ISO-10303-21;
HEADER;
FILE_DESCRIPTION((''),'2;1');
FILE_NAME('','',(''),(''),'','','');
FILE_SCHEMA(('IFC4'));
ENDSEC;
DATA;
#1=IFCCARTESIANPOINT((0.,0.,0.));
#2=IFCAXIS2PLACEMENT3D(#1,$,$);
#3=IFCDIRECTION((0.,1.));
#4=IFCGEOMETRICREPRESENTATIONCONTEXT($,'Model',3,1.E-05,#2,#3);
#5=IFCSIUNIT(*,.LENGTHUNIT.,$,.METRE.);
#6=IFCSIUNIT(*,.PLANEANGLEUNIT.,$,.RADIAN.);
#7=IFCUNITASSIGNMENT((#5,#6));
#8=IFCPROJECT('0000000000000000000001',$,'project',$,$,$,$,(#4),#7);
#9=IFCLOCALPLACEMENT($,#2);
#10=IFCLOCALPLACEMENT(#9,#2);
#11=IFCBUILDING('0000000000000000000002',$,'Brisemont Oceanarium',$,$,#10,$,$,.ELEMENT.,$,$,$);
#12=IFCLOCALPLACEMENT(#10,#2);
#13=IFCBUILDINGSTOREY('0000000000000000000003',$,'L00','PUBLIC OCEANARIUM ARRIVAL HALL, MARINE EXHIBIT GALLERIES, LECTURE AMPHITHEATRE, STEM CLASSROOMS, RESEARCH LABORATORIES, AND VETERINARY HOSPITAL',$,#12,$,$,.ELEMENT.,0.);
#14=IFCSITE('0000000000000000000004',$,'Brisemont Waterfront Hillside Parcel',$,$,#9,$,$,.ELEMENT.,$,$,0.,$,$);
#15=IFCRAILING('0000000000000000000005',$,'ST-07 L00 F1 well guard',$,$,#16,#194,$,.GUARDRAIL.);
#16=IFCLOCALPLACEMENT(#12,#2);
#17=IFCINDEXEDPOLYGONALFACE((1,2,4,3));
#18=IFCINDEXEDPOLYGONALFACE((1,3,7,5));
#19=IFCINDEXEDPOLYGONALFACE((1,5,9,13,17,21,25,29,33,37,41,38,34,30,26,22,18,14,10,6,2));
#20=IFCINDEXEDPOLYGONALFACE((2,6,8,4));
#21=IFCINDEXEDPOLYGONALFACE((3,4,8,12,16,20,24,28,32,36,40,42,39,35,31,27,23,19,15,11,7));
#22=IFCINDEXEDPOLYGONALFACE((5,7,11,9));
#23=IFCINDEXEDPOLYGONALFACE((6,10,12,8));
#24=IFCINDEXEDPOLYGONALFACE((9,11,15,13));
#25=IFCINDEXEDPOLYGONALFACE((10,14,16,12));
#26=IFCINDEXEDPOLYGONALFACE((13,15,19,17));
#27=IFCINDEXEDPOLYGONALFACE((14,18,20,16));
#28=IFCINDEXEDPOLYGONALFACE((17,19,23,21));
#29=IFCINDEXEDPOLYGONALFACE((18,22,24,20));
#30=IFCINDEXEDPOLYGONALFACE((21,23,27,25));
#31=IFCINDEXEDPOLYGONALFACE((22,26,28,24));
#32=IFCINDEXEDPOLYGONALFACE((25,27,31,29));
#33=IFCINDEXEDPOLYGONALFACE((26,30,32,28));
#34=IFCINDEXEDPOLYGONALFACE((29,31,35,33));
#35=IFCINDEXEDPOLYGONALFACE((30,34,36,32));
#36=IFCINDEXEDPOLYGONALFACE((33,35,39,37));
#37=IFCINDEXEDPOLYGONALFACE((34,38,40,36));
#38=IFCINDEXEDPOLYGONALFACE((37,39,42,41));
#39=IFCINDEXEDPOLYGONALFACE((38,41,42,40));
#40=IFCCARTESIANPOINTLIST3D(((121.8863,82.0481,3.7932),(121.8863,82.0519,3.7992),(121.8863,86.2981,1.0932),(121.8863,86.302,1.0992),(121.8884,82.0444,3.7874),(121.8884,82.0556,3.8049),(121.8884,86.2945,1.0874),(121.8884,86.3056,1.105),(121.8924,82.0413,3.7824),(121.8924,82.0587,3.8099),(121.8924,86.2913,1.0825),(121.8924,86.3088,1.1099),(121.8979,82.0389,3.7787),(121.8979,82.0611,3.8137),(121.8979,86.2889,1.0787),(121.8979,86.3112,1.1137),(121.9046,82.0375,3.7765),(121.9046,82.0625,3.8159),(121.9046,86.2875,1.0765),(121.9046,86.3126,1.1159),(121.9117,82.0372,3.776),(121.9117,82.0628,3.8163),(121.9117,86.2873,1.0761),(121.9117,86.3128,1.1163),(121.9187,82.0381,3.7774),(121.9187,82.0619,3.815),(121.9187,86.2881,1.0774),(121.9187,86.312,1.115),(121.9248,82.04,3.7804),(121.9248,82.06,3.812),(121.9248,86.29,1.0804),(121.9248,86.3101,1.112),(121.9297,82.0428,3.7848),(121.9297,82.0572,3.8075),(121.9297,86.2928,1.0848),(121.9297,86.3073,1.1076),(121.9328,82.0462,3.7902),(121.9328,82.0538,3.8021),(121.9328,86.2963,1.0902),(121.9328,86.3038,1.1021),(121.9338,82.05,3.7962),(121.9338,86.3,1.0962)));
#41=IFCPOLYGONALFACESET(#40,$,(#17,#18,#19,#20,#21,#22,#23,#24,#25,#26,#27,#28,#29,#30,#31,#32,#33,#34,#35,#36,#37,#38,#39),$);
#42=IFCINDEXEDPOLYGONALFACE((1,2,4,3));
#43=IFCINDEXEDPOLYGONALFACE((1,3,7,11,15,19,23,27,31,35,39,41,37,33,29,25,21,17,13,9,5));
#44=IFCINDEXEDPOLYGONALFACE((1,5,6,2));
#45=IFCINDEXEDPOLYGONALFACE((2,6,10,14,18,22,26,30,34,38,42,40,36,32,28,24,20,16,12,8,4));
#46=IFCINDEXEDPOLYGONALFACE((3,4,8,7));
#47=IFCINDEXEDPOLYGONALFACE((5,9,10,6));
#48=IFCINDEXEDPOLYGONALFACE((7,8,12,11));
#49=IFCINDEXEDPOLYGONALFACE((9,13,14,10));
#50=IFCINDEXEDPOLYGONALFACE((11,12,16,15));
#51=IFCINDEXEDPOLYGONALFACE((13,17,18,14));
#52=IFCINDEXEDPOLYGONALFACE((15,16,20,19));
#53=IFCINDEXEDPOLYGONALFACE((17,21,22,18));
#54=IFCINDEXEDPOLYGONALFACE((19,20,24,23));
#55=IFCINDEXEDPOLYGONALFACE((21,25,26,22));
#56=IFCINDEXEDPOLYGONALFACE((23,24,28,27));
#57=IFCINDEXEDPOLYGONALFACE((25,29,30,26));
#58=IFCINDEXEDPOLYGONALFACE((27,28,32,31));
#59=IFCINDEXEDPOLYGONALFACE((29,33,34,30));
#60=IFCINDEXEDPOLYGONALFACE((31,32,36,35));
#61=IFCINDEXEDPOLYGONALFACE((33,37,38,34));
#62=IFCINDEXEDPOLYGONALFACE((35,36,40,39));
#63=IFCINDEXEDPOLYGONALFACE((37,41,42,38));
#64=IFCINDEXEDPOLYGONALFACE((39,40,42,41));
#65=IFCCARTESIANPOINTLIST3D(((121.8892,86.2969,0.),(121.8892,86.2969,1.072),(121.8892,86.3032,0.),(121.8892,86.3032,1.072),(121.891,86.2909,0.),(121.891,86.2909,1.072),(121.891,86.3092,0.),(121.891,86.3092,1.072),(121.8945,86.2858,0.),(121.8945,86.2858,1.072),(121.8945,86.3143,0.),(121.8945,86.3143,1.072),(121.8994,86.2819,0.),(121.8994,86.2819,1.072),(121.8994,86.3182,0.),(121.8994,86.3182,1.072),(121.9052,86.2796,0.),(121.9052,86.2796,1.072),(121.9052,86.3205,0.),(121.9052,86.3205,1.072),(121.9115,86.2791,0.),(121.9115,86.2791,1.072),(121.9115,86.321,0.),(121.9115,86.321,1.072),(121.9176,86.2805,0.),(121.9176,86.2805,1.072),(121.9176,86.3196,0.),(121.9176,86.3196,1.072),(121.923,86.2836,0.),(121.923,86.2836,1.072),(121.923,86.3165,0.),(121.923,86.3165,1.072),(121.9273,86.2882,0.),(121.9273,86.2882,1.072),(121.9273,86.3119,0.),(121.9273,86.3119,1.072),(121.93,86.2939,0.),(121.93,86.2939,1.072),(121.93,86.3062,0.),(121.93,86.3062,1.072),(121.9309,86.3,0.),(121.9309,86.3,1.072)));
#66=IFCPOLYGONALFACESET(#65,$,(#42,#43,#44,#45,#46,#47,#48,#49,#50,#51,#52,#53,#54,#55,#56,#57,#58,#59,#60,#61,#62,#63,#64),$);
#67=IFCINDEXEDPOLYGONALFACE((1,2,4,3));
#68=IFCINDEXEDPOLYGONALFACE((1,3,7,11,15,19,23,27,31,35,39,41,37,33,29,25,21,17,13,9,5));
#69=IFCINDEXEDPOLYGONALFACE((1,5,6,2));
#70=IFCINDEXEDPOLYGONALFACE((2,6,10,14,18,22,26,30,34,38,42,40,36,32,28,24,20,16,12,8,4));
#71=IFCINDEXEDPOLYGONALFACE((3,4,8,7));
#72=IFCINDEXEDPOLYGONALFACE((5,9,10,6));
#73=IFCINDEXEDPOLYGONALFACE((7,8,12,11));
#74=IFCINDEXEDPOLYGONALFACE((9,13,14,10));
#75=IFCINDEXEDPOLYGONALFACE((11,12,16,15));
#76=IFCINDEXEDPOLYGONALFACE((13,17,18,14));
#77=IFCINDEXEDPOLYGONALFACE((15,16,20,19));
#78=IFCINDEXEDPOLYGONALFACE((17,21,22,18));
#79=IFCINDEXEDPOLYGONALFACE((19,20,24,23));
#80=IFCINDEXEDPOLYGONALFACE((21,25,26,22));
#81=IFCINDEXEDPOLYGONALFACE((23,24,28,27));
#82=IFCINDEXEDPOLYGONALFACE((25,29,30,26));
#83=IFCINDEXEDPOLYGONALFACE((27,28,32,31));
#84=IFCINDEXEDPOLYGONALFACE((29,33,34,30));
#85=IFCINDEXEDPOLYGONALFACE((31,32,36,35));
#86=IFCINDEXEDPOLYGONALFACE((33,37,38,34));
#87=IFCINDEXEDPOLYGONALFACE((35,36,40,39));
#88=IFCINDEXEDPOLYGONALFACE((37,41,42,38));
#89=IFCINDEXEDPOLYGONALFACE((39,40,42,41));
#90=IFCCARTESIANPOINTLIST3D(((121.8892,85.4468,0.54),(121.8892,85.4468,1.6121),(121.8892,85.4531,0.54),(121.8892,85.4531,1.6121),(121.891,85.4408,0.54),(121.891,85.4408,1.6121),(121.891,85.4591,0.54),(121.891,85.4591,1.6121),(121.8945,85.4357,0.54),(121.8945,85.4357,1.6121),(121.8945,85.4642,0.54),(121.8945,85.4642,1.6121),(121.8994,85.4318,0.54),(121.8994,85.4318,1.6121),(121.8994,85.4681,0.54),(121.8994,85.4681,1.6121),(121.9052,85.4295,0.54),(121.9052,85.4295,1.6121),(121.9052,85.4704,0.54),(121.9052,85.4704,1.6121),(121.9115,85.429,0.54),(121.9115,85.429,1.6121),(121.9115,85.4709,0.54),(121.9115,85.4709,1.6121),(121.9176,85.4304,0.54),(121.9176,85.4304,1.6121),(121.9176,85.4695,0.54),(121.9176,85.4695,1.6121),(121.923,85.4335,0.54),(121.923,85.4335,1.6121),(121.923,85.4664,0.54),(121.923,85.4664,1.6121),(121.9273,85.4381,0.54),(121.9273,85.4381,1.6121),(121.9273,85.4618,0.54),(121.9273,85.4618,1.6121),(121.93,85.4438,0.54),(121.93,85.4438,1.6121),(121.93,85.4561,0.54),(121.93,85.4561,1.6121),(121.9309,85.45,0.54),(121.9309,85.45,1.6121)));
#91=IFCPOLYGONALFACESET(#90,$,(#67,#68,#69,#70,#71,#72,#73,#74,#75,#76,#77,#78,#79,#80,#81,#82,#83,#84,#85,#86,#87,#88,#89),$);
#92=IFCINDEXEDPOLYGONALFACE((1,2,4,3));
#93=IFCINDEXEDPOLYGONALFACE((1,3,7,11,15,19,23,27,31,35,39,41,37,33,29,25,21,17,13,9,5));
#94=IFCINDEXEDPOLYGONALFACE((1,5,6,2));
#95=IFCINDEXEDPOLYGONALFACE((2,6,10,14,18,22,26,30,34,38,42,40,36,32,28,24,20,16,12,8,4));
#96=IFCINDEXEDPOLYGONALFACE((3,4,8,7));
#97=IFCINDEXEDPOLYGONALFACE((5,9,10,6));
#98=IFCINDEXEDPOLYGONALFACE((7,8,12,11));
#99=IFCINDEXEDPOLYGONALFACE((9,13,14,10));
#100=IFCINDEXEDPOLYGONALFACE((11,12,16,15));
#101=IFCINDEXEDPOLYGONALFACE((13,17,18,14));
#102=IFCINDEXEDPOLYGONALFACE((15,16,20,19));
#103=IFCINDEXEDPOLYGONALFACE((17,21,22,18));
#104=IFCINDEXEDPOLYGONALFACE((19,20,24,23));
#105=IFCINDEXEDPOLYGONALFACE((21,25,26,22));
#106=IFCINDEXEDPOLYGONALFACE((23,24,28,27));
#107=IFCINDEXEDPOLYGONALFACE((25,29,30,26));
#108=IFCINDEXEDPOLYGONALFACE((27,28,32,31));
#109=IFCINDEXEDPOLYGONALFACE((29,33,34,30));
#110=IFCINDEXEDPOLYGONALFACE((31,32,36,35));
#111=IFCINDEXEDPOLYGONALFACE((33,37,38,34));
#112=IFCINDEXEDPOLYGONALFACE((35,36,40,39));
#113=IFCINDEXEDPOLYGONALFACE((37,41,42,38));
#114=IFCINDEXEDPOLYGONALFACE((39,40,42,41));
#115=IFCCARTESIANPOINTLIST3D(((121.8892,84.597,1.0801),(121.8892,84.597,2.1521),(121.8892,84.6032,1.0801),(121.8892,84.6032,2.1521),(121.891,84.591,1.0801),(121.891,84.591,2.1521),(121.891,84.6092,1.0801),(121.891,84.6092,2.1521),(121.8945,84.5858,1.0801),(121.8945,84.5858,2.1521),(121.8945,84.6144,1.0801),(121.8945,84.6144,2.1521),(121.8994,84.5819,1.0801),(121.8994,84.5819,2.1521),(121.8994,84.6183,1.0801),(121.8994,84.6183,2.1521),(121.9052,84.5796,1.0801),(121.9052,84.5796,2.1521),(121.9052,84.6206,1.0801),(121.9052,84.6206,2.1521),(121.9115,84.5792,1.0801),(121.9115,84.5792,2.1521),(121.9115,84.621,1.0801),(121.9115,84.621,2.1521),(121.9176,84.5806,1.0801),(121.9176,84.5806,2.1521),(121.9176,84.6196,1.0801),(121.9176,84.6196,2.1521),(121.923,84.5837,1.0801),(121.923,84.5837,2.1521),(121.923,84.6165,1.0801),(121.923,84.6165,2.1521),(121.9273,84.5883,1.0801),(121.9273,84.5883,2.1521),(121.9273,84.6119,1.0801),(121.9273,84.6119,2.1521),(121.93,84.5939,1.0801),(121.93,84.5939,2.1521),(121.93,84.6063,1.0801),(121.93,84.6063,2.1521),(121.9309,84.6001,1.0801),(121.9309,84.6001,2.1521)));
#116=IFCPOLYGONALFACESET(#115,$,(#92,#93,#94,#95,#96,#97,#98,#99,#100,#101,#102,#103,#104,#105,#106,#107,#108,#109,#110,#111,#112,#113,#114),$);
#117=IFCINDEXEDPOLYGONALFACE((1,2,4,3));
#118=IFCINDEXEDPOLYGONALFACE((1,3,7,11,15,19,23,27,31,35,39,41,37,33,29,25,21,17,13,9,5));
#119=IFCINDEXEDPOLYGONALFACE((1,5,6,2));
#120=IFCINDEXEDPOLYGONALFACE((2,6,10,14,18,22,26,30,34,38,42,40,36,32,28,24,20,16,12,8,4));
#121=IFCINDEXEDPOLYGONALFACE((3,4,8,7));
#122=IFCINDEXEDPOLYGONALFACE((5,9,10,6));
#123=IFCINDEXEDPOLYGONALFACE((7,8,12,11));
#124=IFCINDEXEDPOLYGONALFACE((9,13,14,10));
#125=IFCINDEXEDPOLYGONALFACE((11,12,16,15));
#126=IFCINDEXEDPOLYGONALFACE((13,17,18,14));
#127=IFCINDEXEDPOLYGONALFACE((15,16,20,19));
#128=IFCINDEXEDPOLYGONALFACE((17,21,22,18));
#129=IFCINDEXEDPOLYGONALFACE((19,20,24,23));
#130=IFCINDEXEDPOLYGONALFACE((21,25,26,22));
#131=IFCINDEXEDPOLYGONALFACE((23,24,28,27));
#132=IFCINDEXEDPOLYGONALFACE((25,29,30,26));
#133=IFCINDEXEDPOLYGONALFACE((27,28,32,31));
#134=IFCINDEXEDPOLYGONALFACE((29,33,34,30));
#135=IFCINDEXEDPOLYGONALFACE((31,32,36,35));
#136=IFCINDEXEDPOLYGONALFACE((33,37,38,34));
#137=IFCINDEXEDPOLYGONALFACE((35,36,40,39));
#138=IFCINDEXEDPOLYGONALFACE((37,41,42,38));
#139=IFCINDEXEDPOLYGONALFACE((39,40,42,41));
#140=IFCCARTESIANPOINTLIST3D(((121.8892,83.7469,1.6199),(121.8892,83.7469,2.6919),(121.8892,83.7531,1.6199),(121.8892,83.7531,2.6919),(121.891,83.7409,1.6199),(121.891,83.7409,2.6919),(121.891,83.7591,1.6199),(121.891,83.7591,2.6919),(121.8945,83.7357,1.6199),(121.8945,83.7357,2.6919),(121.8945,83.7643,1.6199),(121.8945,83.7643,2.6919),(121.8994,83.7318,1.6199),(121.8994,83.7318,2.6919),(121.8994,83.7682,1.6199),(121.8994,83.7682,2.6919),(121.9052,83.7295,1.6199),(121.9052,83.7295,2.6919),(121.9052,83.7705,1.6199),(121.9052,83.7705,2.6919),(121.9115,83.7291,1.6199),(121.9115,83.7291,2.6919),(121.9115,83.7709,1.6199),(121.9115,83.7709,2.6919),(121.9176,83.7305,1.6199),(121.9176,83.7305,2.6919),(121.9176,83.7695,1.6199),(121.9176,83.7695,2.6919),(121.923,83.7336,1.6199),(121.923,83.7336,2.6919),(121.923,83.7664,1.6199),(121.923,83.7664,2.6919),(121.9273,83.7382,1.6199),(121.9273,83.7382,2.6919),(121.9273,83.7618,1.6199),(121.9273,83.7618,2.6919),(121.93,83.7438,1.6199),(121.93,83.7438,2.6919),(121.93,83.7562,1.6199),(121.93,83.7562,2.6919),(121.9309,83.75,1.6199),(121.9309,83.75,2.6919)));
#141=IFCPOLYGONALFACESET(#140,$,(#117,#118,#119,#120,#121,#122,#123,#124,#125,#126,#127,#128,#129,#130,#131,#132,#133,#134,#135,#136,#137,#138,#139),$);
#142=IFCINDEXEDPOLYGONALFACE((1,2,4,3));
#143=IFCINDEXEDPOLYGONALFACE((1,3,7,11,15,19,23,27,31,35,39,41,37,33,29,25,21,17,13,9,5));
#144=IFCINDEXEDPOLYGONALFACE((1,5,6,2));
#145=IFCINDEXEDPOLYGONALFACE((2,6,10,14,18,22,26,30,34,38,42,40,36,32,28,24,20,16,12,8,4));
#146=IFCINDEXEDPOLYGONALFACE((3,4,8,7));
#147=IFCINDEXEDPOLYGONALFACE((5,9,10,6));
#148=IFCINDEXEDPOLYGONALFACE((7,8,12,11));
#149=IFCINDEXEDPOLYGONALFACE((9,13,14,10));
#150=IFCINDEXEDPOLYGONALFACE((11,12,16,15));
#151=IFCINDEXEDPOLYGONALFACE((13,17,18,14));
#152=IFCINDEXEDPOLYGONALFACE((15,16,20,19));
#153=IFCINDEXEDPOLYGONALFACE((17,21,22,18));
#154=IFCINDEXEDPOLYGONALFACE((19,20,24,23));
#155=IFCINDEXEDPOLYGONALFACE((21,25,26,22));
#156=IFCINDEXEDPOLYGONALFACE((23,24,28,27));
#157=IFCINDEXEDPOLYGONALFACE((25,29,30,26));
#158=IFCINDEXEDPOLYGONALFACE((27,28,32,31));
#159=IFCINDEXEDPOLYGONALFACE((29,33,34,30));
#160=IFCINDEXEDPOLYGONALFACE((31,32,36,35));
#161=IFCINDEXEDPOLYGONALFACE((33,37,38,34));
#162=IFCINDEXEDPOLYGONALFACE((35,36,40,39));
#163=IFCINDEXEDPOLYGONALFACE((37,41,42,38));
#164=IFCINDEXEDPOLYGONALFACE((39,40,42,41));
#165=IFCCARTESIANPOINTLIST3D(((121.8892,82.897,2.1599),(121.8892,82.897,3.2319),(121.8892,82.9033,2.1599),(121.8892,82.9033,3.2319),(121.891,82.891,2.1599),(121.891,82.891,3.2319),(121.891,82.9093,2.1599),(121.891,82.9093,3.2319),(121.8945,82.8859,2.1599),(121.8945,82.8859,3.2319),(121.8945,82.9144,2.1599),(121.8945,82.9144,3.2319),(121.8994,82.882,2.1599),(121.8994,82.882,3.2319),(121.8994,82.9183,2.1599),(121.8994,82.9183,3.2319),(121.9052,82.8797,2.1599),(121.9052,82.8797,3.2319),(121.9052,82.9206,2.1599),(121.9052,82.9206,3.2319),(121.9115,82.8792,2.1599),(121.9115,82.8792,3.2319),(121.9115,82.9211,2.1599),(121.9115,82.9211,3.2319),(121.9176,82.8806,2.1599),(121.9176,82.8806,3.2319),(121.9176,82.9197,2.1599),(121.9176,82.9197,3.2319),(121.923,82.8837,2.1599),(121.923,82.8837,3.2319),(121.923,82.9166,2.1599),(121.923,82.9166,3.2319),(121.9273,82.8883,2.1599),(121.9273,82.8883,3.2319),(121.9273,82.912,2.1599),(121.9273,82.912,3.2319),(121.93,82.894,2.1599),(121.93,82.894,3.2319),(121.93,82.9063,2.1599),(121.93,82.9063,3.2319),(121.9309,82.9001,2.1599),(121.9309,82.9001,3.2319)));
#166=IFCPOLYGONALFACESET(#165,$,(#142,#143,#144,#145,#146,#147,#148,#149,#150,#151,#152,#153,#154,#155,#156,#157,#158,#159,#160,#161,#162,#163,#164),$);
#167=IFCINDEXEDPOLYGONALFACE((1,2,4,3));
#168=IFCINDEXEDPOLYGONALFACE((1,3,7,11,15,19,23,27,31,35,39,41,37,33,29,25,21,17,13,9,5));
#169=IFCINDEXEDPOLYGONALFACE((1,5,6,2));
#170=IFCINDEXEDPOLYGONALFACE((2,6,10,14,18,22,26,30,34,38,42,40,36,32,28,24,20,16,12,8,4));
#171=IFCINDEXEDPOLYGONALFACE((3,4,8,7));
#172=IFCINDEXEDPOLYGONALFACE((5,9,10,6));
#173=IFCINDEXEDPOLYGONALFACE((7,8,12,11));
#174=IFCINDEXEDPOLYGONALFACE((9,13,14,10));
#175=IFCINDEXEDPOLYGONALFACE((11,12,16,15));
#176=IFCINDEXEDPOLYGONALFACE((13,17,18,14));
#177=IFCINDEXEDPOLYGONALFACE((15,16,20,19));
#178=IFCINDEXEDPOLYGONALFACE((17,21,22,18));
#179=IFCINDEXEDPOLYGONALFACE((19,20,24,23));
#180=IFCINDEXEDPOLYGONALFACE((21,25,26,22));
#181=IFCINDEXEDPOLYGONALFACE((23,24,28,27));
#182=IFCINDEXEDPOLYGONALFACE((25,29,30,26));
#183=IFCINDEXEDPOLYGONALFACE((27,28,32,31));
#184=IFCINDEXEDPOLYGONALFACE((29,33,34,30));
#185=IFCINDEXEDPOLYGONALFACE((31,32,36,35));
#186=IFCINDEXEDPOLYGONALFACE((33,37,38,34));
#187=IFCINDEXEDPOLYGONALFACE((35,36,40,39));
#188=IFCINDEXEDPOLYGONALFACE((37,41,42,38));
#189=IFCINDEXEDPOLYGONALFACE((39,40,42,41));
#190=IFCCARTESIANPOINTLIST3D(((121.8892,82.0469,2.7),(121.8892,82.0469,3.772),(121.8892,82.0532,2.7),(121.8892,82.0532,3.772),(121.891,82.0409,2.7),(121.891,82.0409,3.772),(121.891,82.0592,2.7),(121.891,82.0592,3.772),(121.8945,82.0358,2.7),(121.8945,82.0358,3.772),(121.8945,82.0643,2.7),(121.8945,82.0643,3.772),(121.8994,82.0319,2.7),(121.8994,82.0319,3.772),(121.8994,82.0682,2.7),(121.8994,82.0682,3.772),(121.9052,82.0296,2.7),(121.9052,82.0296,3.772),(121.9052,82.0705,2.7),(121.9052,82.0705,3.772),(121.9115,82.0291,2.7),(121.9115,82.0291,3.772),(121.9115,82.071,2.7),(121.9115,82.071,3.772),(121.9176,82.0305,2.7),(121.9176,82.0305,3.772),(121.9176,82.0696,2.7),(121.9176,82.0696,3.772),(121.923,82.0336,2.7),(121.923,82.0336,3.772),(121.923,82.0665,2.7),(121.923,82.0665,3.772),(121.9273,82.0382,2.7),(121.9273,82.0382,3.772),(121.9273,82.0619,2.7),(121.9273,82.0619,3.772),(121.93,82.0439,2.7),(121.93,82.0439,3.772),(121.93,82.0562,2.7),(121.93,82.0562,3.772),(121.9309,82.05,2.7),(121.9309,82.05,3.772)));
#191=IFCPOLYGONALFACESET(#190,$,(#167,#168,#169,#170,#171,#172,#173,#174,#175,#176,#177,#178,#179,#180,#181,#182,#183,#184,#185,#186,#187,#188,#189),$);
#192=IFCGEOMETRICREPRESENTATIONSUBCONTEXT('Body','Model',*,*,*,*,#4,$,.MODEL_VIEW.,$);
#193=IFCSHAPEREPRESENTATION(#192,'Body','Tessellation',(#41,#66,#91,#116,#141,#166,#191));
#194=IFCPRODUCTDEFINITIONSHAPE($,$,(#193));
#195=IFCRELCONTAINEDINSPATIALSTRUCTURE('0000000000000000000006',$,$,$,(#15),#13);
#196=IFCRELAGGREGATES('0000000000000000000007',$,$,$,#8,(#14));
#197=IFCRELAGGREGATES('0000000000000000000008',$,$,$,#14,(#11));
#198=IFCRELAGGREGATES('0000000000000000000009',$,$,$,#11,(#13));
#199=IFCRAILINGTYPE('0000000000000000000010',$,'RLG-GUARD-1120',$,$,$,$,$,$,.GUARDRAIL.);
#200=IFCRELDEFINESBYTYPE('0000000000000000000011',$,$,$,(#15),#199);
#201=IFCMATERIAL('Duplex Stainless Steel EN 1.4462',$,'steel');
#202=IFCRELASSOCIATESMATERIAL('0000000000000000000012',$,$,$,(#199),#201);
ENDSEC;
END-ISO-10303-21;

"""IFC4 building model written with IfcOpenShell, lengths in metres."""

from ifc_helpers import new_model, si_unit, direction, frame, origin, origin_2d, place, context, subcontext, project, spatial, circle, extrude, material, type_object, element, save


model = new_model("IFC4")

# Units and contexts
model_context = context("Model", 3, precision=1e-05, world=origin(), true_north=direction((0.0, 1.0)))
body_context = subcontext(model_context, "Body", "Model", "MODEL_VIEW")
ifc_project = project(units=[si_unit("LENGTHUNIT", "METRE"), si_unit("PLANEANGLEUNIT", "RADIAN")], contexts=[model_context])

# Site, building, storey
site_placement = place(None, origin())
site = spatial("IfcSite", under=ifc_project, at=site_placement, Name="Brisemont Waterfront Hillside Parcel", CompositionType="ELEMENT", RefElevation=0.0)
building_placement = place(site_placement, origin())
building = spatial("IfcBuilding", under=site, at=building_placement, Name="Brisemont Oceanarium", CompositionType="ELEMENT")
storey_placement = place(building_placement, origin())
storey = spatial("IfcBuildingStorey", under=building, at=storey_placement, Name="L00", Description="PUBLIC OCEANARIUM ARRIVAL HALL, MARINE EXHIBIT GALLERIES, LECTURE AMPHITHEATRE, STEM CLASSROOMS, RESEARCH LABORATORIES, AND VETERINARY HOSPITAL", CompositionType="ELEMENT", Elevation=0.0)

# Railing
ifc_material_1 = material(Name="Duplex Stainless Steel EN 1.4462", Category="steel")
railing_type_1 = type_object("IfcRailingType", Name="RLG-GUARD-1120", PredefinedType="GUARDRAIL", material=ifc_material_1)
railing_1_placement = place(storey_placement, frame((121.9099, 86.3, 0.0)))
element("IfcRailing", 1, at=railing_1_placement, inside=storey, type_object=railing_type_1, Name="ST-07 L00 F1 well guard", PredefinedType="GUARDRAIL", context=body_context, shape_type="SweptSolid", body=[
    extrude(circle(Radius=0.0239, at=origin_2d()), frame((0.0, 0.0, 1.0962), z_axis=(0.0, -0.844075, 0.536226), x_axis=(1.0, 0.0, 0.0)), (0.0, 0.0, 1.0), 5.0352),
    extrude(circle(Radius=0.021, at=origin_2d()), origin(), (0.0, 0.0, 1.0), 1.072),
    extrude(circle(Radius=0.021, at=origin_2d()), frame((0.0, -0.8501, 0.54)), (0.0, 0.0, 1.0), 1.072),
    extrude(circle(Radius=0.021, at=origin_2d()), frame((0.0, -1.7, 1.0801)), (0.0, 0.0, 1.0), 1.072),
    extrude(circle(Radius=0.021, at=origin_2d()), frame((0.0, -2.55, 1.6199)), (0.0, 0.0, 1.0), 1.072),
    extrude(circle(Radius=0.021, at=origin_2d()), frame((0.0, -3.3999, 2.1599)), (0.0, 0.0, 1.0), 1.072),
    extrude(circle(Radius=0.021, at=origin_2d()), frame((0.0, -4.25, 2.7)), (0.0, 0.0, 1.0), 1.072),
])

save(model, "model.ifc")
